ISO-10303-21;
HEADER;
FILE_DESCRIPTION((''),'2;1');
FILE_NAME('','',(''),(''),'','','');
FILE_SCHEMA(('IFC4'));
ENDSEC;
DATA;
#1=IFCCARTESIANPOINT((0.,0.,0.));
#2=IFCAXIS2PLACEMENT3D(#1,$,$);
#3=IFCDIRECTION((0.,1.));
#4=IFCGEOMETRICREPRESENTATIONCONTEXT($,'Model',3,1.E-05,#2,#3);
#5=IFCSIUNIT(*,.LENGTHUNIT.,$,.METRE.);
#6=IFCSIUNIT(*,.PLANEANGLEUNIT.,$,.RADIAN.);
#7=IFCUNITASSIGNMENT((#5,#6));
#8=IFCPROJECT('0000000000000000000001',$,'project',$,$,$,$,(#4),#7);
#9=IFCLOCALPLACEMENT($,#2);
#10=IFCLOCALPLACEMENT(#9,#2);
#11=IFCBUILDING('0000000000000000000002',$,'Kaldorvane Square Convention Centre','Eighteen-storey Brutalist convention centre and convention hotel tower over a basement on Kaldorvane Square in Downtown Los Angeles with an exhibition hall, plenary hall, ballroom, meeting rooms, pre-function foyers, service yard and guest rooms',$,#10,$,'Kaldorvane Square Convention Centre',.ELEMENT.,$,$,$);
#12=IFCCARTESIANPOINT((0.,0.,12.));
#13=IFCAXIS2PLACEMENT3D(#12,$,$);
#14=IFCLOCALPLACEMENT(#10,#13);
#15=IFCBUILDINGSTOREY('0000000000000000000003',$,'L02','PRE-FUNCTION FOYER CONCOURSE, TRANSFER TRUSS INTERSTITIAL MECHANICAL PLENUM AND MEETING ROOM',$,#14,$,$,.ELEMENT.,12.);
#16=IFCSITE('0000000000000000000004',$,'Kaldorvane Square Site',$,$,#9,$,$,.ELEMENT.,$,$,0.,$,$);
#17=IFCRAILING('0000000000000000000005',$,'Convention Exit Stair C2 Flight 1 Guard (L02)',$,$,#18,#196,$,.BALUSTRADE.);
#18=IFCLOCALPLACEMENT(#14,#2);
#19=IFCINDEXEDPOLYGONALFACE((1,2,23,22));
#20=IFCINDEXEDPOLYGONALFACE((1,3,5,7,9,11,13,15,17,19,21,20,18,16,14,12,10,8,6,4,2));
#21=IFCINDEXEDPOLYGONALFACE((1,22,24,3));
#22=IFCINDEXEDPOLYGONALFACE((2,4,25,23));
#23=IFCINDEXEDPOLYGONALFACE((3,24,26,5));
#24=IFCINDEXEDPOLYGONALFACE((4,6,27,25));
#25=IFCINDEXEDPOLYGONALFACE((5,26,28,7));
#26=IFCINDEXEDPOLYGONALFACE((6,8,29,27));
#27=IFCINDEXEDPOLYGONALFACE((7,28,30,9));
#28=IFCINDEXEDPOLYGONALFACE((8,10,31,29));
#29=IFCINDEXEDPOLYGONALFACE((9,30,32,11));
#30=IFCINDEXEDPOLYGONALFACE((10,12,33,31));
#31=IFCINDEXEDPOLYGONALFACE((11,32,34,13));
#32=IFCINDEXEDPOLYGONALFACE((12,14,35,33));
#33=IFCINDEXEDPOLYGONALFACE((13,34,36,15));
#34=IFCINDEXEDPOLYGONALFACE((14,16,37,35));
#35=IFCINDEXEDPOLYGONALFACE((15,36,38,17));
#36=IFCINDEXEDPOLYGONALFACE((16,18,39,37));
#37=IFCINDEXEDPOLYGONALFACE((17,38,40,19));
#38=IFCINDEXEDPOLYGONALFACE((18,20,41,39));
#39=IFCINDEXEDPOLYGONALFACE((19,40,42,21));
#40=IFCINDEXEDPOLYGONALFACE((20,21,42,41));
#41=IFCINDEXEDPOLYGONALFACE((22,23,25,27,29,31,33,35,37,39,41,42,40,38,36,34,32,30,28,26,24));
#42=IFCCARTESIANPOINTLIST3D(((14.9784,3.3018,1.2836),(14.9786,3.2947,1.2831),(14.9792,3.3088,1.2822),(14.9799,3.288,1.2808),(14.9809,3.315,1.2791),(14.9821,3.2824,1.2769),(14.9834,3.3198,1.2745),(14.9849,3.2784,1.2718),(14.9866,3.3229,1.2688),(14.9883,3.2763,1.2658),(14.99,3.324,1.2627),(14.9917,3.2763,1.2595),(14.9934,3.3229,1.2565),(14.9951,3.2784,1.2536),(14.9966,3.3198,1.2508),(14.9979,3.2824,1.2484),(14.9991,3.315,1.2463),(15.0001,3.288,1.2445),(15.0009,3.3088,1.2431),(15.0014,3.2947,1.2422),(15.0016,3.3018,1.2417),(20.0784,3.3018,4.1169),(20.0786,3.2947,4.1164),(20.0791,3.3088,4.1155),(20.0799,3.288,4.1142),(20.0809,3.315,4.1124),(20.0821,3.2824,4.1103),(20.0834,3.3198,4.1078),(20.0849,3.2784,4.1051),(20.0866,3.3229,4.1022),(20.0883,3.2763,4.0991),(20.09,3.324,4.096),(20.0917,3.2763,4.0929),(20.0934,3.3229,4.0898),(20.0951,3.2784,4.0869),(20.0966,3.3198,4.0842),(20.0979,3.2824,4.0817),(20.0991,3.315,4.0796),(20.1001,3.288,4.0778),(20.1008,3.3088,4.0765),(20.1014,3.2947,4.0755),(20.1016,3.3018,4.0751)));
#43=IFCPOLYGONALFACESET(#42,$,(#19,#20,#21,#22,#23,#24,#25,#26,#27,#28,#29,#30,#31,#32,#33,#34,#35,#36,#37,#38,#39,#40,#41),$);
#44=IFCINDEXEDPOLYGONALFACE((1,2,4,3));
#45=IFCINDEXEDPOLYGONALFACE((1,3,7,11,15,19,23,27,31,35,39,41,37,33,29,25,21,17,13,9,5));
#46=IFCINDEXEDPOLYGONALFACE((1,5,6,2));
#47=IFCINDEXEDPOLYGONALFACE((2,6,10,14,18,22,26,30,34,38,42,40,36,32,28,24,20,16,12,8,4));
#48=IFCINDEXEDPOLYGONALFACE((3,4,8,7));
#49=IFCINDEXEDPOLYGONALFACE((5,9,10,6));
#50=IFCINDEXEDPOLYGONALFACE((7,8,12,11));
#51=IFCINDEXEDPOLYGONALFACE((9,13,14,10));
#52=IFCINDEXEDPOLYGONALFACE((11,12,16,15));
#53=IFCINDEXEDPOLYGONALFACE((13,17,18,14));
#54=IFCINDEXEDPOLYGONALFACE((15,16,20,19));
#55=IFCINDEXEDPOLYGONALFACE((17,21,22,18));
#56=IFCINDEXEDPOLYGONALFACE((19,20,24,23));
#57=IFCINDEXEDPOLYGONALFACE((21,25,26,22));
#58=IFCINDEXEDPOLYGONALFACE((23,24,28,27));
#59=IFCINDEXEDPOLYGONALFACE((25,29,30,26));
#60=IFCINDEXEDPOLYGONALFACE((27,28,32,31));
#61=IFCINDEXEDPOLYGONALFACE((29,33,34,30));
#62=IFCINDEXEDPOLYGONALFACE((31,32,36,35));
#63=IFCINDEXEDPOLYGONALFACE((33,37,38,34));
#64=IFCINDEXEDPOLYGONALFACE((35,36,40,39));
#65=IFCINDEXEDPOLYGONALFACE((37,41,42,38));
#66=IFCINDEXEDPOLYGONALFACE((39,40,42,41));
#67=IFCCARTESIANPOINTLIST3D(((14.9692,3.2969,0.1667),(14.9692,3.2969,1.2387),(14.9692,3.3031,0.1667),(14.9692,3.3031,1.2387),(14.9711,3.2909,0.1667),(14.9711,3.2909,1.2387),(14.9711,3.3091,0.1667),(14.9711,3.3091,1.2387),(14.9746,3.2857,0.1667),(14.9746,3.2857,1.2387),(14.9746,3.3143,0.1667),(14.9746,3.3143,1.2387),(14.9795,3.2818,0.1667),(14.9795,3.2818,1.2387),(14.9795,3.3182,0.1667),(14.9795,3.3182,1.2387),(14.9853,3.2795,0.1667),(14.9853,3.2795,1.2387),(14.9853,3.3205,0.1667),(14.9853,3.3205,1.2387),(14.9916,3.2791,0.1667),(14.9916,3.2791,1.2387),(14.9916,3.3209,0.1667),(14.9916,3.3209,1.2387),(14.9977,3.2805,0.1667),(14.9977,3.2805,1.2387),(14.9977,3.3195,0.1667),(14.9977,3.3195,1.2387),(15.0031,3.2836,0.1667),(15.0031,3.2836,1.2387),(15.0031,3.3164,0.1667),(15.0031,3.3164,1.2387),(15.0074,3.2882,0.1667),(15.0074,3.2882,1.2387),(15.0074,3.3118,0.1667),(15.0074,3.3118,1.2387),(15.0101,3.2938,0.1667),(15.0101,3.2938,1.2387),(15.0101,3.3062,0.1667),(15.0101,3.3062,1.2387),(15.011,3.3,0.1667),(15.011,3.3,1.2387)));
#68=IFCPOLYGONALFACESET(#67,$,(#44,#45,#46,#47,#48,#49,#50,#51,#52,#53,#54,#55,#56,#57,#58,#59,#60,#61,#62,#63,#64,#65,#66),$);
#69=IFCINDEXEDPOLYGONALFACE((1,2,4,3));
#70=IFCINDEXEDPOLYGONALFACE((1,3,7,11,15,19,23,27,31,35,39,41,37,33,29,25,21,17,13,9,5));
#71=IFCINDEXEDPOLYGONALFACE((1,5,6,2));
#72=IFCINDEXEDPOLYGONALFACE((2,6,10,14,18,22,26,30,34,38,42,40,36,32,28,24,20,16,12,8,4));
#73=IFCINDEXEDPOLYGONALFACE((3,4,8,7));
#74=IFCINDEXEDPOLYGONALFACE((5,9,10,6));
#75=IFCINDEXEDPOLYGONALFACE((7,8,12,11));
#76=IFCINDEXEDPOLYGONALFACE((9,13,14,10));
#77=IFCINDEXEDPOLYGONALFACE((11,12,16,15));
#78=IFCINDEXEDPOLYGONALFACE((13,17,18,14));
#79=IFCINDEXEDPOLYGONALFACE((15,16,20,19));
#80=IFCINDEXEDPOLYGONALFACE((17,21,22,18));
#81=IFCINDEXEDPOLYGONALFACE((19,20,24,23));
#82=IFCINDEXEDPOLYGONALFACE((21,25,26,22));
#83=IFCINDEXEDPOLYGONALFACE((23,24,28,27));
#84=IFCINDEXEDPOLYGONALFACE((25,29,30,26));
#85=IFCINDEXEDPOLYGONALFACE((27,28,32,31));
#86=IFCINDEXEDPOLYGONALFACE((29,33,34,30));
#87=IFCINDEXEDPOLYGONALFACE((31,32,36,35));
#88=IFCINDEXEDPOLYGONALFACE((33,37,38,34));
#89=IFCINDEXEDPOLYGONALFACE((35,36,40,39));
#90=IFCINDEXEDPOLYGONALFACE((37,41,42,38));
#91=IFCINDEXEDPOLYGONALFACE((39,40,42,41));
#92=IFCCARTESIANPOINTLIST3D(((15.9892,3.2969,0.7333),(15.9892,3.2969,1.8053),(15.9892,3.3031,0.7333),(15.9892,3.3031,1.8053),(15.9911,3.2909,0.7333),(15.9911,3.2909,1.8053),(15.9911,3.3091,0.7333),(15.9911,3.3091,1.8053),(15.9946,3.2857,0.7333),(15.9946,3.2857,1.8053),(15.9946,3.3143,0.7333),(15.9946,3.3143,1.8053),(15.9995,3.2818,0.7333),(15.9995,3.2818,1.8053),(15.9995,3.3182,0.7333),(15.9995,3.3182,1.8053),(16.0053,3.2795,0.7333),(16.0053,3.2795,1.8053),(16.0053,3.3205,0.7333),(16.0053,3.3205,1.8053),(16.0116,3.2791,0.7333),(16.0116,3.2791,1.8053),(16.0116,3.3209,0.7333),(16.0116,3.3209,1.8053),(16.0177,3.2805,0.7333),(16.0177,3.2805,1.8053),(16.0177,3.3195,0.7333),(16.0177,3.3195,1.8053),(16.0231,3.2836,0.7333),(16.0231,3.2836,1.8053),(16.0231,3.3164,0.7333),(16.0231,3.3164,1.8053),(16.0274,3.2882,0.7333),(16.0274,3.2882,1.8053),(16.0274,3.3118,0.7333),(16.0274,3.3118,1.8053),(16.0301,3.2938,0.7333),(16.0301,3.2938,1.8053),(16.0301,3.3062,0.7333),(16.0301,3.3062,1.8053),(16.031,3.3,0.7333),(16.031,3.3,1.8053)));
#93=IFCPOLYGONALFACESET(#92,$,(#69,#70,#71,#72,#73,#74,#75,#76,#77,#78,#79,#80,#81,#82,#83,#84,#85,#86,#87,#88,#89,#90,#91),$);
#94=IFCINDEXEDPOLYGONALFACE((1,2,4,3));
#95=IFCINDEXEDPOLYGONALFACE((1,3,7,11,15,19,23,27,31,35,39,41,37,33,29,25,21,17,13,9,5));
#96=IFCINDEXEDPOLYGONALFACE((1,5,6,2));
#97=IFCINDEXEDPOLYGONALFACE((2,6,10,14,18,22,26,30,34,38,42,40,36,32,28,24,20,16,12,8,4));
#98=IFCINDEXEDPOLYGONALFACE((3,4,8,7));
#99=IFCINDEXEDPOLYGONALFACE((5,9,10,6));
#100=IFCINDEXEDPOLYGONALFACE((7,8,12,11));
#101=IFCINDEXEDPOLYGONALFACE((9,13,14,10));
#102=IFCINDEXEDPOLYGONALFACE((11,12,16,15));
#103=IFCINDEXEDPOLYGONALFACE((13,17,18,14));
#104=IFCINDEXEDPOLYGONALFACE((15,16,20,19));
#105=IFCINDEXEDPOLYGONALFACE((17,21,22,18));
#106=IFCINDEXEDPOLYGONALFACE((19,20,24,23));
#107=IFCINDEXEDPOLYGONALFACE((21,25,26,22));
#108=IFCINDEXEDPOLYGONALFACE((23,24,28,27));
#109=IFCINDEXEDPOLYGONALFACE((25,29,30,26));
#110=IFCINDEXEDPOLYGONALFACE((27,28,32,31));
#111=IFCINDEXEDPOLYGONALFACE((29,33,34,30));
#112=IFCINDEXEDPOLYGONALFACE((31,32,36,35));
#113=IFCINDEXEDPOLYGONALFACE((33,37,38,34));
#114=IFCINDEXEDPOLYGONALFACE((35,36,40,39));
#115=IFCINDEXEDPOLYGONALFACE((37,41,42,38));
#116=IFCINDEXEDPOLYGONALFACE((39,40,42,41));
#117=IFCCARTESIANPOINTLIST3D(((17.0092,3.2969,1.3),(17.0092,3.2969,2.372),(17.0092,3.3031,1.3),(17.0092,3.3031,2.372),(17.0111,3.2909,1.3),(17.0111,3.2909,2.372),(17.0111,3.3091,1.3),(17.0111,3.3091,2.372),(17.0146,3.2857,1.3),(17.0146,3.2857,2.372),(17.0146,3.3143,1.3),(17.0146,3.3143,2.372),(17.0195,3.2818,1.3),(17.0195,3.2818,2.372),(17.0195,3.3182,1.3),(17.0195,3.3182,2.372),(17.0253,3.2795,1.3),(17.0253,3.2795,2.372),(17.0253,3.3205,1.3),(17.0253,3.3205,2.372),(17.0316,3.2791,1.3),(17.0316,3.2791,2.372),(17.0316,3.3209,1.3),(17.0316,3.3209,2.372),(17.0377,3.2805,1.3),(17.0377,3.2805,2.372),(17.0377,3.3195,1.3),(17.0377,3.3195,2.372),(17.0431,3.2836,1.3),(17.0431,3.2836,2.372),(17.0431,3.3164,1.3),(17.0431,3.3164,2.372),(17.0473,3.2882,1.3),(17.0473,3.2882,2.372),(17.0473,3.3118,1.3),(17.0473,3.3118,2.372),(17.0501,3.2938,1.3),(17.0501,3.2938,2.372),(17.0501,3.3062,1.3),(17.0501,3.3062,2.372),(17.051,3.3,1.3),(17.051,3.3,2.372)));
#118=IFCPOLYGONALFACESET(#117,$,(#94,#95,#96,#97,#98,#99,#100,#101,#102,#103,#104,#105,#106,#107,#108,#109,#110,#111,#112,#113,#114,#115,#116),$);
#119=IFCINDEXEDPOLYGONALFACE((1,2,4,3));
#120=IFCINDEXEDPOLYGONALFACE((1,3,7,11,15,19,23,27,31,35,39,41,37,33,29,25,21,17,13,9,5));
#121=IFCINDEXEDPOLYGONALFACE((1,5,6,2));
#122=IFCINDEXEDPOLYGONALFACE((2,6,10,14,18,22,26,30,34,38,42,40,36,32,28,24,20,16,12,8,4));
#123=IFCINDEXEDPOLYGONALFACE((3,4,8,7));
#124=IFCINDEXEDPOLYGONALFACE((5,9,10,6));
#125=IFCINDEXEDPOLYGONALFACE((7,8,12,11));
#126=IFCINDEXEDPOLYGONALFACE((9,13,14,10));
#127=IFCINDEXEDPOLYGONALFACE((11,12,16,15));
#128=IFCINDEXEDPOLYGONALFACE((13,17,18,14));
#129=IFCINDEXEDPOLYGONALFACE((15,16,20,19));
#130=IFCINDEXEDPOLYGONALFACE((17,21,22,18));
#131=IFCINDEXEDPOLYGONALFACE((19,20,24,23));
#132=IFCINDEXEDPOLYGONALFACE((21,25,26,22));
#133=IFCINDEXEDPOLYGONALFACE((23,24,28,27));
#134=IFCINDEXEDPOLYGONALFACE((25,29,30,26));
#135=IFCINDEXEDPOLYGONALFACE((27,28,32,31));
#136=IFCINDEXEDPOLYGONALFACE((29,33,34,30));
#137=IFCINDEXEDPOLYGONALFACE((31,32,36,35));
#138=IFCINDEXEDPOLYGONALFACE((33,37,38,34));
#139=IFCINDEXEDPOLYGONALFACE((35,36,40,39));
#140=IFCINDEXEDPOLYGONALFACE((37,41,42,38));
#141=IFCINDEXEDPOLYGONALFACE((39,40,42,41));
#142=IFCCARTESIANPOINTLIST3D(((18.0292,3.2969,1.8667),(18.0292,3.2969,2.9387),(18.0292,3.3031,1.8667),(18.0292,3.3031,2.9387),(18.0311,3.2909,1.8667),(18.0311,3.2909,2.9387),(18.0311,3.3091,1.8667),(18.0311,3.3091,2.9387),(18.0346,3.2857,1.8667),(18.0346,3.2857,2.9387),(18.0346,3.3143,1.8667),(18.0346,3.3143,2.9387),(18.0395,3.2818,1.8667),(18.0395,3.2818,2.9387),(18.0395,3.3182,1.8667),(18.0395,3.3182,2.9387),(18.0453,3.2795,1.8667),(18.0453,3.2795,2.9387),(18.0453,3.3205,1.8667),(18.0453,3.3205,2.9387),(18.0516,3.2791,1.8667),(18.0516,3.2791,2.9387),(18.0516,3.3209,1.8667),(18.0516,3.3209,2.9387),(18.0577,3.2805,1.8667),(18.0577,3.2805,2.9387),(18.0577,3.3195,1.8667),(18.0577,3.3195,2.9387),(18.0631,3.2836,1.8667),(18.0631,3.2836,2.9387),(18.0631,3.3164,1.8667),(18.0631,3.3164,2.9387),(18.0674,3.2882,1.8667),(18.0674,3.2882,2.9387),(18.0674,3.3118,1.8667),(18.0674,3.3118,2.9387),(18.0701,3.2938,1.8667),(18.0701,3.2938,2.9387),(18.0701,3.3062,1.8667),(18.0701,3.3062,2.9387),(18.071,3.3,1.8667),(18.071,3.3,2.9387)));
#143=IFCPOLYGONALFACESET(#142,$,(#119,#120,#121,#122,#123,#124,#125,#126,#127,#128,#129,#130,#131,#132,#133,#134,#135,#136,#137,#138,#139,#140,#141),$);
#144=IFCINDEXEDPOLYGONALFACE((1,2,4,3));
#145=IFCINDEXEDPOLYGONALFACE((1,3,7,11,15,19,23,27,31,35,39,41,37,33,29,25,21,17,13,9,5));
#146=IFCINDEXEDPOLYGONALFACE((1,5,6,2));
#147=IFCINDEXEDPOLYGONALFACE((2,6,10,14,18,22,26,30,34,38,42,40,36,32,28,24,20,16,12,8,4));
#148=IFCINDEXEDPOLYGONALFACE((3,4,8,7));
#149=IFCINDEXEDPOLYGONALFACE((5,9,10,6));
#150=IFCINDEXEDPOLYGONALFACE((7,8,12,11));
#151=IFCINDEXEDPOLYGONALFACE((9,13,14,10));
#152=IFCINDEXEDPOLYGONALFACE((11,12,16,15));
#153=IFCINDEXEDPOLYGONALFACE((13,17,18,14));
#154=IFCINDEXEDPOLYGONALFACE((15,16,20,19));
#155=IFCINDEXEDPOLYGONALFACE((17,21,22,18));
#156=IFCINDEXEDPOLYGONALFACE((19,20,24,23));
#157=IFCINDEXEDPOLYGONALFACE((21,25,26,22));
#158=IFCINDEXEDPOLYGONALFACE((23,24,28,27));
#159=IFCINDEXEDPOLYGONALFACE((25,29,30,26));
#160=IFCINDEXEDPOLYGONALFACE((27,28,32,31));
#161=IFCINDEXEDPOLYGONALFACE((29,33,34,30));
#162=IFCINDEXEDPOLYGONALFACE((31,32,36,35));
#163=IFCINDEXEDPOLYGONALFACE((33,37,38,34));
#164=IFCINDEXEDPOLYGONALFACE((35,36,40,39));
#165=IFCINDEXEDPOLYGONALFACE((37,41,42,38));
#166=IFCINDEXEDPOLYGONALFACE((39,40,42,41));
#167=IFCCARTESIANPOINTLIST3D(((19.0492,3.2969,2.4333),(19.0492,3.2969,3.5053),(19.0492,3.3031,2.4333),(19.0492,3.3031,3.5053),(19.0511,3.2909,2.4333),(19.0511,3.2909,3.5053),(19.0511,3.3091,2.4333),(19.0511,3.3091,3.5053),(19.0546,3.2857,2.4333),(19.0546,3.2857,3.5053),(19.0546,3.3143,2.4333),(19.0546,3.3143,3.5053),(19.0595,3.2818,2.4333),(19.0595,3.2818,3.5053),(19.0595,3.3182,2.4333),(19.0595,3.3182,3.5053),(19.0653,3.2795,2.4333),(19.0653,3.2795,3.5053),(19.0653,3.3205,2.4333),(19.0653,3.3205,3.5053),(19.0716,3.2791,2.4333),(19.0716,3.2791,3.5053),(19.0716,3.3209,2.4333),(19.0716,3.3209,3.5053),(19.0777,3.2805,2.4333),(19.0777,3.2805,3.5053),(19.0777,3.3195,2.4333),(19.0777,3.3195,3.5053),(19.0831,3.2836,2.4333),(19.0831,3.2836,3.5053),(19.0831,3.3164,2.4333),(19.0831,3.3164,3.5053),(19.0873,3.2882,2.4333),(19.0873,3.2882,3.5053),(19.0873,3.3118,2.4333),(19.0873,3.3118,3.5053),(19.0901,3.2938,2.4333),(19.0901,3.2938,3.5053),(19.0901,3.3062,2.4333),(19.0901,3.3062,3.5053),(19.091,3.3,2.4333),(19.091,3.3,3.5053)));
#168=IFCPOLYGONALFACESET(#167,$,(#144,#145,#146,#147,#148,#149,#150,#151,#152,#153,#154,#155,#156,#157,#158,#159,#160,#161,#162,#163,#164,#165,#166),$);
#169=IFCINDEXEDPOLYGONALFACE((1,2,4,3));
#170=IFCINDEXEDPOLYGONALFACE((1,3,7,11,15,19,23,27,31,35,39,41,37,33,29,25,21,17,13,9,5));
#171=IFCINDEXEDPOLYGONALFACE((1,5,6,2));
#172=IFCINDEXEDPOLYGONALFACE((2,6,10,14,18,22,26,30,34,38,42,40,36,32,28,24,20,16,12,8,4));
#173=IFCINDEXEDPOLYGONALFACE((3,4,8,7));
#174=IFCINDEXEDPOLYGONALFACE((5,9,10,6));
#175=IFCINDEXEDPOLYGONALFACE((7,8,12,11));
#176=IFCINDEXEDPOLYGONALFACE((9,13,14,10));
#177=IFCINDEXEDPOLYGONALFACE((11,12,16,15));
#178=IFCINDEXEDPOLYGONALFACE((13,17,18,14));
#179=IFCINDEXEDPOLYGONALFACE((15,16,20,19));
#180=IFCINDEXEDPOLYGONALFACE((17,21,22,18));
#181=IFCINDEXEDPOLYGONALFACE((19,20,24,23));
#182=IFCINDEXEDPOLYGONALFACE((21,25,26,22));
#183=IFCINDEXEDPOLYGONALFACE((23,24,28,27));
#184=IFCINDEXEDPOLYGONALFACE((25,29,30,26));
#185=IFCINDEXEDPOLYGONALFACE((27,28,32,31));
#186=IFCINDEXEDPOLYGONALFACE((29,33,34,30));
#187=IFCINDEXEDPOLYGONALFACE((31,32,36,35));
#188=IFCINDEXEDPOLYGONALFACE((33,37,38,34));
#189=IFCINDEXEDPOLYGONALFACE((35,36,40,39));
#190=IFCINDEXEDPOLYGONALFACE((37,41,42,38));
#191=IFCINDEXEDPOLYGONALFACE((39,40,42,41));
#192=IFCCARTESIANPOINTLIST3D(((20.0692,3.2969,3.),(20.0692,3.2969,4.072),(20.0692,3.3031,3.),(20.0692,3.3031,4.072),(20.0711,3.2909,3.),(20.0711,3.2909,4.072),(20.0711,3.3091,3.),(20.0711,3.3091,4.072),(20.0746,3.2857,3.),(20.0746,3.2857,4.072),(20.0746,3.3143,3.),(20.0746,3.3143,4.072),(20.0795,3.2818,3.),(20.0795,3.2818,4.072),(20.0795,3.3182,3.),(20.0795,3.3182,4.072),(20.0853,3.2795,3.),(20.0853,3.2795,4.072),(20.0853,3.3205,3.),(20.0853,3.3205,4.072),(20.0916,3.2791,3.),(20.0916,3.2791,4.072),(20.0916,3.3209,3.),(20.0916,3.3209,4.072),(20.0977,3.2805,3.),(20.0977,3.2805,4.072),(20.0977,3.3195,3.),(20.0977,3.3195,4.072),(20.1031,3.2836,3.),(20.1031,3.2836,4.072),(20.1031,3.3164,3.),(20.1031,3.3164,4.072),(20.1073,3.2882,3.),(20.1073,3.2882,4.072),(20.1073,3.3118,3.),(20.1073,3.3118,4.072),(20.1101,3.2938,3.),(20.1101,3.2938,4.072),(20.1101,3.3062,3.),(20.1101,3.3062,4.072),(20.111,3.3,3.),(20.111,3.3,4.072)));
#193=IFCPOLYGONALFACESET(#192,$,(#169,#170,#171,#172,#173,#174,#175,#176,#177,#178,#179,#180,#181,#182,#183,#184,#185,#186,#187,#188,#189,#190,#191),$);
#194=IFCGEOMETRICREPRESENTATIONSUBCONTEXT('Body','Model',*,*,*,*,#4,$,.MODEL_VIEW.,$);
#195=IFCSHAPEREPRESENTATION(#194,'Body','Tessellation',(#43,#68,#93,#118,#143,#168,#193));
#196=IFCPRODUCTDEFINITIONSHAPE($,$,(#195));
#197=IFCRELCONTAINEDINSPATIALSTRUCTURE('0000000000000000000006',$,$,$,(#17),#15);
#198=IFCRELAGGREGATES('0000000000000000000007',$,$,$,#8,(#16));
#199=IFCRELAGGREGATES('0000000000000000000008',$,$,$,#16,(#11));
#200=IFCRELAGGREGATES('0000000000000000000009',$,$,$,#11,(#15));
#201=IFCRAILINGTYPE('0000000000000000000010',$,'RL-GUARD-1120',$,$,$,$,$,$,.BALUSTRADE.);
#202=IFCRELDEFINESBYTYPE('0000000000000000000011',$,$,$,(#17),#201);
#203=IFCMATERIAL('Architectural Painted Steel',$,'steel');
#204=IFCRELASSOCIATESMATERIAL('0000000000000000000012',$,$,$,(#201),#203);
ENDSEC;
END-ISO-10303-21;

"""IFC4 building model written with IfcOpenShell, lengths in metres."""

from ifc_helpers import new_model, si_unit, direction, frame, origin, origin_2d, place, context, subcontext, project, spatial, circle, extrude, material, type_object, element, save


model = new_model("IFC4")

# Units and contexts
model_context = context("Model", 3, precision=1e-05, world=origin(), true_north=direction((0.0, 1.0)))
body_context = subcontext(model_context, "Body", "Model", "MODEL_VIEW")
ifc_project = project(units=[si_unit("LENGTHUNIT", "METRE"), si_unit("PLANEANGLEUNIT", "RADIAN")], contexts=[model_context])

# Site, building, storey
site_placement = place(None, origin())
site = spatial("IfcSite", under=ifc_project, at=site_placement, Name="Kaldorvane Square Site", CompositionType="ELEMENT", RefElevation=0.0)
building_placement = place(site_placement, origin())
building = spatial("IfcBuilding", under=site, at=building_placement, Name="Kaldorvane Square Convention Centre", Description="Eighteen-storey Brutalist convention centre and convention hotel tower over a basement on Kaldorvane Square in Downtown Los Angeles with an exhibition hall, plenary hall, ballroom, meeting rooms, pre-function foyers, service yard and guest rooms", LongName="Kaldorvane Square Convention Centre", CompositionType="ELEMENT")
storey_placement = place(building_placement, frame((0.0, 0.0, 12.0)))
storey = spatial("IfcBuildingStorey", under=building, at=storey_placement, Name="L02", Description="PRE-FUNCTION FOYER CONCOURSE, TRANSFER TRUSS INTERSTITIAL MECHANICAL PLENUM AND MEETING ROOM", CompositionType="ELEMENT", Elevation=12.0)

# Railing
ifc_material_1 = material(Name="Architectural Painted Steel", Category="steel")
railing_type_1 = type_object("IfcRailingType", Name="RL-GUARD-1120", PredefinedType="BALUSTRADE", material=ifc_material_1)
railing_1_placement = place(storey_placement, frame((14.99, 3.3, 0.1667)))
element("IfcRailing", 1, at=railing_1_placement, inside=storey, type_object=railing_type_1, Name="Convention Exit Stair C2 Flight 1 Guard (L02)", PredefinedType="BALUSTRADE", context=body_context, shape_type="SweptSolid", body=[
    extrude(circle(Radius=0.024, at=origin_2d()), frame((0.0, 0.0, 1.096), z_axis=(0.874157, 0.0, 0.485643), x_axis=(0.0, 1.0, 0.0)), (0.0, 0.0, 1.0), 5.8342),
    extrude(circle(Radius=0.021, at=origin_2d()), origin(), (0.0, 0.0, 1.0), 1.072),
    extrude(circle(Radius=0.021, at=origin_2d()), frame((1.02, 0.0, 0.5667)), (0.0, 0.0, 1.0), 1.072),
    extrude(circle(Radius=0.021, at=origin_2d()), frame((2.04, 0.0, 1.1333)), (0.0, 0.0, 1.0), 1.072),
    extrude(circle(Radius=0.021, at=origin_2d()), frame((3.06, 0.0, 1.7)), (0.0, 0.0, 1.0), 1.072),
    extrude(circle(Radius=0.021, at=origin_2d()), frame((4.08, 0.0, 2.2667)), (0.0, 0.0, 1.0), 1.072),
    extrude(circle(Radius=0.021, at=origin_2d()), frame((5.1, 0.0, 2.8333)), (0.0, 0.0, 1.0), 1.072),
])

save(model, "model.ifc")
